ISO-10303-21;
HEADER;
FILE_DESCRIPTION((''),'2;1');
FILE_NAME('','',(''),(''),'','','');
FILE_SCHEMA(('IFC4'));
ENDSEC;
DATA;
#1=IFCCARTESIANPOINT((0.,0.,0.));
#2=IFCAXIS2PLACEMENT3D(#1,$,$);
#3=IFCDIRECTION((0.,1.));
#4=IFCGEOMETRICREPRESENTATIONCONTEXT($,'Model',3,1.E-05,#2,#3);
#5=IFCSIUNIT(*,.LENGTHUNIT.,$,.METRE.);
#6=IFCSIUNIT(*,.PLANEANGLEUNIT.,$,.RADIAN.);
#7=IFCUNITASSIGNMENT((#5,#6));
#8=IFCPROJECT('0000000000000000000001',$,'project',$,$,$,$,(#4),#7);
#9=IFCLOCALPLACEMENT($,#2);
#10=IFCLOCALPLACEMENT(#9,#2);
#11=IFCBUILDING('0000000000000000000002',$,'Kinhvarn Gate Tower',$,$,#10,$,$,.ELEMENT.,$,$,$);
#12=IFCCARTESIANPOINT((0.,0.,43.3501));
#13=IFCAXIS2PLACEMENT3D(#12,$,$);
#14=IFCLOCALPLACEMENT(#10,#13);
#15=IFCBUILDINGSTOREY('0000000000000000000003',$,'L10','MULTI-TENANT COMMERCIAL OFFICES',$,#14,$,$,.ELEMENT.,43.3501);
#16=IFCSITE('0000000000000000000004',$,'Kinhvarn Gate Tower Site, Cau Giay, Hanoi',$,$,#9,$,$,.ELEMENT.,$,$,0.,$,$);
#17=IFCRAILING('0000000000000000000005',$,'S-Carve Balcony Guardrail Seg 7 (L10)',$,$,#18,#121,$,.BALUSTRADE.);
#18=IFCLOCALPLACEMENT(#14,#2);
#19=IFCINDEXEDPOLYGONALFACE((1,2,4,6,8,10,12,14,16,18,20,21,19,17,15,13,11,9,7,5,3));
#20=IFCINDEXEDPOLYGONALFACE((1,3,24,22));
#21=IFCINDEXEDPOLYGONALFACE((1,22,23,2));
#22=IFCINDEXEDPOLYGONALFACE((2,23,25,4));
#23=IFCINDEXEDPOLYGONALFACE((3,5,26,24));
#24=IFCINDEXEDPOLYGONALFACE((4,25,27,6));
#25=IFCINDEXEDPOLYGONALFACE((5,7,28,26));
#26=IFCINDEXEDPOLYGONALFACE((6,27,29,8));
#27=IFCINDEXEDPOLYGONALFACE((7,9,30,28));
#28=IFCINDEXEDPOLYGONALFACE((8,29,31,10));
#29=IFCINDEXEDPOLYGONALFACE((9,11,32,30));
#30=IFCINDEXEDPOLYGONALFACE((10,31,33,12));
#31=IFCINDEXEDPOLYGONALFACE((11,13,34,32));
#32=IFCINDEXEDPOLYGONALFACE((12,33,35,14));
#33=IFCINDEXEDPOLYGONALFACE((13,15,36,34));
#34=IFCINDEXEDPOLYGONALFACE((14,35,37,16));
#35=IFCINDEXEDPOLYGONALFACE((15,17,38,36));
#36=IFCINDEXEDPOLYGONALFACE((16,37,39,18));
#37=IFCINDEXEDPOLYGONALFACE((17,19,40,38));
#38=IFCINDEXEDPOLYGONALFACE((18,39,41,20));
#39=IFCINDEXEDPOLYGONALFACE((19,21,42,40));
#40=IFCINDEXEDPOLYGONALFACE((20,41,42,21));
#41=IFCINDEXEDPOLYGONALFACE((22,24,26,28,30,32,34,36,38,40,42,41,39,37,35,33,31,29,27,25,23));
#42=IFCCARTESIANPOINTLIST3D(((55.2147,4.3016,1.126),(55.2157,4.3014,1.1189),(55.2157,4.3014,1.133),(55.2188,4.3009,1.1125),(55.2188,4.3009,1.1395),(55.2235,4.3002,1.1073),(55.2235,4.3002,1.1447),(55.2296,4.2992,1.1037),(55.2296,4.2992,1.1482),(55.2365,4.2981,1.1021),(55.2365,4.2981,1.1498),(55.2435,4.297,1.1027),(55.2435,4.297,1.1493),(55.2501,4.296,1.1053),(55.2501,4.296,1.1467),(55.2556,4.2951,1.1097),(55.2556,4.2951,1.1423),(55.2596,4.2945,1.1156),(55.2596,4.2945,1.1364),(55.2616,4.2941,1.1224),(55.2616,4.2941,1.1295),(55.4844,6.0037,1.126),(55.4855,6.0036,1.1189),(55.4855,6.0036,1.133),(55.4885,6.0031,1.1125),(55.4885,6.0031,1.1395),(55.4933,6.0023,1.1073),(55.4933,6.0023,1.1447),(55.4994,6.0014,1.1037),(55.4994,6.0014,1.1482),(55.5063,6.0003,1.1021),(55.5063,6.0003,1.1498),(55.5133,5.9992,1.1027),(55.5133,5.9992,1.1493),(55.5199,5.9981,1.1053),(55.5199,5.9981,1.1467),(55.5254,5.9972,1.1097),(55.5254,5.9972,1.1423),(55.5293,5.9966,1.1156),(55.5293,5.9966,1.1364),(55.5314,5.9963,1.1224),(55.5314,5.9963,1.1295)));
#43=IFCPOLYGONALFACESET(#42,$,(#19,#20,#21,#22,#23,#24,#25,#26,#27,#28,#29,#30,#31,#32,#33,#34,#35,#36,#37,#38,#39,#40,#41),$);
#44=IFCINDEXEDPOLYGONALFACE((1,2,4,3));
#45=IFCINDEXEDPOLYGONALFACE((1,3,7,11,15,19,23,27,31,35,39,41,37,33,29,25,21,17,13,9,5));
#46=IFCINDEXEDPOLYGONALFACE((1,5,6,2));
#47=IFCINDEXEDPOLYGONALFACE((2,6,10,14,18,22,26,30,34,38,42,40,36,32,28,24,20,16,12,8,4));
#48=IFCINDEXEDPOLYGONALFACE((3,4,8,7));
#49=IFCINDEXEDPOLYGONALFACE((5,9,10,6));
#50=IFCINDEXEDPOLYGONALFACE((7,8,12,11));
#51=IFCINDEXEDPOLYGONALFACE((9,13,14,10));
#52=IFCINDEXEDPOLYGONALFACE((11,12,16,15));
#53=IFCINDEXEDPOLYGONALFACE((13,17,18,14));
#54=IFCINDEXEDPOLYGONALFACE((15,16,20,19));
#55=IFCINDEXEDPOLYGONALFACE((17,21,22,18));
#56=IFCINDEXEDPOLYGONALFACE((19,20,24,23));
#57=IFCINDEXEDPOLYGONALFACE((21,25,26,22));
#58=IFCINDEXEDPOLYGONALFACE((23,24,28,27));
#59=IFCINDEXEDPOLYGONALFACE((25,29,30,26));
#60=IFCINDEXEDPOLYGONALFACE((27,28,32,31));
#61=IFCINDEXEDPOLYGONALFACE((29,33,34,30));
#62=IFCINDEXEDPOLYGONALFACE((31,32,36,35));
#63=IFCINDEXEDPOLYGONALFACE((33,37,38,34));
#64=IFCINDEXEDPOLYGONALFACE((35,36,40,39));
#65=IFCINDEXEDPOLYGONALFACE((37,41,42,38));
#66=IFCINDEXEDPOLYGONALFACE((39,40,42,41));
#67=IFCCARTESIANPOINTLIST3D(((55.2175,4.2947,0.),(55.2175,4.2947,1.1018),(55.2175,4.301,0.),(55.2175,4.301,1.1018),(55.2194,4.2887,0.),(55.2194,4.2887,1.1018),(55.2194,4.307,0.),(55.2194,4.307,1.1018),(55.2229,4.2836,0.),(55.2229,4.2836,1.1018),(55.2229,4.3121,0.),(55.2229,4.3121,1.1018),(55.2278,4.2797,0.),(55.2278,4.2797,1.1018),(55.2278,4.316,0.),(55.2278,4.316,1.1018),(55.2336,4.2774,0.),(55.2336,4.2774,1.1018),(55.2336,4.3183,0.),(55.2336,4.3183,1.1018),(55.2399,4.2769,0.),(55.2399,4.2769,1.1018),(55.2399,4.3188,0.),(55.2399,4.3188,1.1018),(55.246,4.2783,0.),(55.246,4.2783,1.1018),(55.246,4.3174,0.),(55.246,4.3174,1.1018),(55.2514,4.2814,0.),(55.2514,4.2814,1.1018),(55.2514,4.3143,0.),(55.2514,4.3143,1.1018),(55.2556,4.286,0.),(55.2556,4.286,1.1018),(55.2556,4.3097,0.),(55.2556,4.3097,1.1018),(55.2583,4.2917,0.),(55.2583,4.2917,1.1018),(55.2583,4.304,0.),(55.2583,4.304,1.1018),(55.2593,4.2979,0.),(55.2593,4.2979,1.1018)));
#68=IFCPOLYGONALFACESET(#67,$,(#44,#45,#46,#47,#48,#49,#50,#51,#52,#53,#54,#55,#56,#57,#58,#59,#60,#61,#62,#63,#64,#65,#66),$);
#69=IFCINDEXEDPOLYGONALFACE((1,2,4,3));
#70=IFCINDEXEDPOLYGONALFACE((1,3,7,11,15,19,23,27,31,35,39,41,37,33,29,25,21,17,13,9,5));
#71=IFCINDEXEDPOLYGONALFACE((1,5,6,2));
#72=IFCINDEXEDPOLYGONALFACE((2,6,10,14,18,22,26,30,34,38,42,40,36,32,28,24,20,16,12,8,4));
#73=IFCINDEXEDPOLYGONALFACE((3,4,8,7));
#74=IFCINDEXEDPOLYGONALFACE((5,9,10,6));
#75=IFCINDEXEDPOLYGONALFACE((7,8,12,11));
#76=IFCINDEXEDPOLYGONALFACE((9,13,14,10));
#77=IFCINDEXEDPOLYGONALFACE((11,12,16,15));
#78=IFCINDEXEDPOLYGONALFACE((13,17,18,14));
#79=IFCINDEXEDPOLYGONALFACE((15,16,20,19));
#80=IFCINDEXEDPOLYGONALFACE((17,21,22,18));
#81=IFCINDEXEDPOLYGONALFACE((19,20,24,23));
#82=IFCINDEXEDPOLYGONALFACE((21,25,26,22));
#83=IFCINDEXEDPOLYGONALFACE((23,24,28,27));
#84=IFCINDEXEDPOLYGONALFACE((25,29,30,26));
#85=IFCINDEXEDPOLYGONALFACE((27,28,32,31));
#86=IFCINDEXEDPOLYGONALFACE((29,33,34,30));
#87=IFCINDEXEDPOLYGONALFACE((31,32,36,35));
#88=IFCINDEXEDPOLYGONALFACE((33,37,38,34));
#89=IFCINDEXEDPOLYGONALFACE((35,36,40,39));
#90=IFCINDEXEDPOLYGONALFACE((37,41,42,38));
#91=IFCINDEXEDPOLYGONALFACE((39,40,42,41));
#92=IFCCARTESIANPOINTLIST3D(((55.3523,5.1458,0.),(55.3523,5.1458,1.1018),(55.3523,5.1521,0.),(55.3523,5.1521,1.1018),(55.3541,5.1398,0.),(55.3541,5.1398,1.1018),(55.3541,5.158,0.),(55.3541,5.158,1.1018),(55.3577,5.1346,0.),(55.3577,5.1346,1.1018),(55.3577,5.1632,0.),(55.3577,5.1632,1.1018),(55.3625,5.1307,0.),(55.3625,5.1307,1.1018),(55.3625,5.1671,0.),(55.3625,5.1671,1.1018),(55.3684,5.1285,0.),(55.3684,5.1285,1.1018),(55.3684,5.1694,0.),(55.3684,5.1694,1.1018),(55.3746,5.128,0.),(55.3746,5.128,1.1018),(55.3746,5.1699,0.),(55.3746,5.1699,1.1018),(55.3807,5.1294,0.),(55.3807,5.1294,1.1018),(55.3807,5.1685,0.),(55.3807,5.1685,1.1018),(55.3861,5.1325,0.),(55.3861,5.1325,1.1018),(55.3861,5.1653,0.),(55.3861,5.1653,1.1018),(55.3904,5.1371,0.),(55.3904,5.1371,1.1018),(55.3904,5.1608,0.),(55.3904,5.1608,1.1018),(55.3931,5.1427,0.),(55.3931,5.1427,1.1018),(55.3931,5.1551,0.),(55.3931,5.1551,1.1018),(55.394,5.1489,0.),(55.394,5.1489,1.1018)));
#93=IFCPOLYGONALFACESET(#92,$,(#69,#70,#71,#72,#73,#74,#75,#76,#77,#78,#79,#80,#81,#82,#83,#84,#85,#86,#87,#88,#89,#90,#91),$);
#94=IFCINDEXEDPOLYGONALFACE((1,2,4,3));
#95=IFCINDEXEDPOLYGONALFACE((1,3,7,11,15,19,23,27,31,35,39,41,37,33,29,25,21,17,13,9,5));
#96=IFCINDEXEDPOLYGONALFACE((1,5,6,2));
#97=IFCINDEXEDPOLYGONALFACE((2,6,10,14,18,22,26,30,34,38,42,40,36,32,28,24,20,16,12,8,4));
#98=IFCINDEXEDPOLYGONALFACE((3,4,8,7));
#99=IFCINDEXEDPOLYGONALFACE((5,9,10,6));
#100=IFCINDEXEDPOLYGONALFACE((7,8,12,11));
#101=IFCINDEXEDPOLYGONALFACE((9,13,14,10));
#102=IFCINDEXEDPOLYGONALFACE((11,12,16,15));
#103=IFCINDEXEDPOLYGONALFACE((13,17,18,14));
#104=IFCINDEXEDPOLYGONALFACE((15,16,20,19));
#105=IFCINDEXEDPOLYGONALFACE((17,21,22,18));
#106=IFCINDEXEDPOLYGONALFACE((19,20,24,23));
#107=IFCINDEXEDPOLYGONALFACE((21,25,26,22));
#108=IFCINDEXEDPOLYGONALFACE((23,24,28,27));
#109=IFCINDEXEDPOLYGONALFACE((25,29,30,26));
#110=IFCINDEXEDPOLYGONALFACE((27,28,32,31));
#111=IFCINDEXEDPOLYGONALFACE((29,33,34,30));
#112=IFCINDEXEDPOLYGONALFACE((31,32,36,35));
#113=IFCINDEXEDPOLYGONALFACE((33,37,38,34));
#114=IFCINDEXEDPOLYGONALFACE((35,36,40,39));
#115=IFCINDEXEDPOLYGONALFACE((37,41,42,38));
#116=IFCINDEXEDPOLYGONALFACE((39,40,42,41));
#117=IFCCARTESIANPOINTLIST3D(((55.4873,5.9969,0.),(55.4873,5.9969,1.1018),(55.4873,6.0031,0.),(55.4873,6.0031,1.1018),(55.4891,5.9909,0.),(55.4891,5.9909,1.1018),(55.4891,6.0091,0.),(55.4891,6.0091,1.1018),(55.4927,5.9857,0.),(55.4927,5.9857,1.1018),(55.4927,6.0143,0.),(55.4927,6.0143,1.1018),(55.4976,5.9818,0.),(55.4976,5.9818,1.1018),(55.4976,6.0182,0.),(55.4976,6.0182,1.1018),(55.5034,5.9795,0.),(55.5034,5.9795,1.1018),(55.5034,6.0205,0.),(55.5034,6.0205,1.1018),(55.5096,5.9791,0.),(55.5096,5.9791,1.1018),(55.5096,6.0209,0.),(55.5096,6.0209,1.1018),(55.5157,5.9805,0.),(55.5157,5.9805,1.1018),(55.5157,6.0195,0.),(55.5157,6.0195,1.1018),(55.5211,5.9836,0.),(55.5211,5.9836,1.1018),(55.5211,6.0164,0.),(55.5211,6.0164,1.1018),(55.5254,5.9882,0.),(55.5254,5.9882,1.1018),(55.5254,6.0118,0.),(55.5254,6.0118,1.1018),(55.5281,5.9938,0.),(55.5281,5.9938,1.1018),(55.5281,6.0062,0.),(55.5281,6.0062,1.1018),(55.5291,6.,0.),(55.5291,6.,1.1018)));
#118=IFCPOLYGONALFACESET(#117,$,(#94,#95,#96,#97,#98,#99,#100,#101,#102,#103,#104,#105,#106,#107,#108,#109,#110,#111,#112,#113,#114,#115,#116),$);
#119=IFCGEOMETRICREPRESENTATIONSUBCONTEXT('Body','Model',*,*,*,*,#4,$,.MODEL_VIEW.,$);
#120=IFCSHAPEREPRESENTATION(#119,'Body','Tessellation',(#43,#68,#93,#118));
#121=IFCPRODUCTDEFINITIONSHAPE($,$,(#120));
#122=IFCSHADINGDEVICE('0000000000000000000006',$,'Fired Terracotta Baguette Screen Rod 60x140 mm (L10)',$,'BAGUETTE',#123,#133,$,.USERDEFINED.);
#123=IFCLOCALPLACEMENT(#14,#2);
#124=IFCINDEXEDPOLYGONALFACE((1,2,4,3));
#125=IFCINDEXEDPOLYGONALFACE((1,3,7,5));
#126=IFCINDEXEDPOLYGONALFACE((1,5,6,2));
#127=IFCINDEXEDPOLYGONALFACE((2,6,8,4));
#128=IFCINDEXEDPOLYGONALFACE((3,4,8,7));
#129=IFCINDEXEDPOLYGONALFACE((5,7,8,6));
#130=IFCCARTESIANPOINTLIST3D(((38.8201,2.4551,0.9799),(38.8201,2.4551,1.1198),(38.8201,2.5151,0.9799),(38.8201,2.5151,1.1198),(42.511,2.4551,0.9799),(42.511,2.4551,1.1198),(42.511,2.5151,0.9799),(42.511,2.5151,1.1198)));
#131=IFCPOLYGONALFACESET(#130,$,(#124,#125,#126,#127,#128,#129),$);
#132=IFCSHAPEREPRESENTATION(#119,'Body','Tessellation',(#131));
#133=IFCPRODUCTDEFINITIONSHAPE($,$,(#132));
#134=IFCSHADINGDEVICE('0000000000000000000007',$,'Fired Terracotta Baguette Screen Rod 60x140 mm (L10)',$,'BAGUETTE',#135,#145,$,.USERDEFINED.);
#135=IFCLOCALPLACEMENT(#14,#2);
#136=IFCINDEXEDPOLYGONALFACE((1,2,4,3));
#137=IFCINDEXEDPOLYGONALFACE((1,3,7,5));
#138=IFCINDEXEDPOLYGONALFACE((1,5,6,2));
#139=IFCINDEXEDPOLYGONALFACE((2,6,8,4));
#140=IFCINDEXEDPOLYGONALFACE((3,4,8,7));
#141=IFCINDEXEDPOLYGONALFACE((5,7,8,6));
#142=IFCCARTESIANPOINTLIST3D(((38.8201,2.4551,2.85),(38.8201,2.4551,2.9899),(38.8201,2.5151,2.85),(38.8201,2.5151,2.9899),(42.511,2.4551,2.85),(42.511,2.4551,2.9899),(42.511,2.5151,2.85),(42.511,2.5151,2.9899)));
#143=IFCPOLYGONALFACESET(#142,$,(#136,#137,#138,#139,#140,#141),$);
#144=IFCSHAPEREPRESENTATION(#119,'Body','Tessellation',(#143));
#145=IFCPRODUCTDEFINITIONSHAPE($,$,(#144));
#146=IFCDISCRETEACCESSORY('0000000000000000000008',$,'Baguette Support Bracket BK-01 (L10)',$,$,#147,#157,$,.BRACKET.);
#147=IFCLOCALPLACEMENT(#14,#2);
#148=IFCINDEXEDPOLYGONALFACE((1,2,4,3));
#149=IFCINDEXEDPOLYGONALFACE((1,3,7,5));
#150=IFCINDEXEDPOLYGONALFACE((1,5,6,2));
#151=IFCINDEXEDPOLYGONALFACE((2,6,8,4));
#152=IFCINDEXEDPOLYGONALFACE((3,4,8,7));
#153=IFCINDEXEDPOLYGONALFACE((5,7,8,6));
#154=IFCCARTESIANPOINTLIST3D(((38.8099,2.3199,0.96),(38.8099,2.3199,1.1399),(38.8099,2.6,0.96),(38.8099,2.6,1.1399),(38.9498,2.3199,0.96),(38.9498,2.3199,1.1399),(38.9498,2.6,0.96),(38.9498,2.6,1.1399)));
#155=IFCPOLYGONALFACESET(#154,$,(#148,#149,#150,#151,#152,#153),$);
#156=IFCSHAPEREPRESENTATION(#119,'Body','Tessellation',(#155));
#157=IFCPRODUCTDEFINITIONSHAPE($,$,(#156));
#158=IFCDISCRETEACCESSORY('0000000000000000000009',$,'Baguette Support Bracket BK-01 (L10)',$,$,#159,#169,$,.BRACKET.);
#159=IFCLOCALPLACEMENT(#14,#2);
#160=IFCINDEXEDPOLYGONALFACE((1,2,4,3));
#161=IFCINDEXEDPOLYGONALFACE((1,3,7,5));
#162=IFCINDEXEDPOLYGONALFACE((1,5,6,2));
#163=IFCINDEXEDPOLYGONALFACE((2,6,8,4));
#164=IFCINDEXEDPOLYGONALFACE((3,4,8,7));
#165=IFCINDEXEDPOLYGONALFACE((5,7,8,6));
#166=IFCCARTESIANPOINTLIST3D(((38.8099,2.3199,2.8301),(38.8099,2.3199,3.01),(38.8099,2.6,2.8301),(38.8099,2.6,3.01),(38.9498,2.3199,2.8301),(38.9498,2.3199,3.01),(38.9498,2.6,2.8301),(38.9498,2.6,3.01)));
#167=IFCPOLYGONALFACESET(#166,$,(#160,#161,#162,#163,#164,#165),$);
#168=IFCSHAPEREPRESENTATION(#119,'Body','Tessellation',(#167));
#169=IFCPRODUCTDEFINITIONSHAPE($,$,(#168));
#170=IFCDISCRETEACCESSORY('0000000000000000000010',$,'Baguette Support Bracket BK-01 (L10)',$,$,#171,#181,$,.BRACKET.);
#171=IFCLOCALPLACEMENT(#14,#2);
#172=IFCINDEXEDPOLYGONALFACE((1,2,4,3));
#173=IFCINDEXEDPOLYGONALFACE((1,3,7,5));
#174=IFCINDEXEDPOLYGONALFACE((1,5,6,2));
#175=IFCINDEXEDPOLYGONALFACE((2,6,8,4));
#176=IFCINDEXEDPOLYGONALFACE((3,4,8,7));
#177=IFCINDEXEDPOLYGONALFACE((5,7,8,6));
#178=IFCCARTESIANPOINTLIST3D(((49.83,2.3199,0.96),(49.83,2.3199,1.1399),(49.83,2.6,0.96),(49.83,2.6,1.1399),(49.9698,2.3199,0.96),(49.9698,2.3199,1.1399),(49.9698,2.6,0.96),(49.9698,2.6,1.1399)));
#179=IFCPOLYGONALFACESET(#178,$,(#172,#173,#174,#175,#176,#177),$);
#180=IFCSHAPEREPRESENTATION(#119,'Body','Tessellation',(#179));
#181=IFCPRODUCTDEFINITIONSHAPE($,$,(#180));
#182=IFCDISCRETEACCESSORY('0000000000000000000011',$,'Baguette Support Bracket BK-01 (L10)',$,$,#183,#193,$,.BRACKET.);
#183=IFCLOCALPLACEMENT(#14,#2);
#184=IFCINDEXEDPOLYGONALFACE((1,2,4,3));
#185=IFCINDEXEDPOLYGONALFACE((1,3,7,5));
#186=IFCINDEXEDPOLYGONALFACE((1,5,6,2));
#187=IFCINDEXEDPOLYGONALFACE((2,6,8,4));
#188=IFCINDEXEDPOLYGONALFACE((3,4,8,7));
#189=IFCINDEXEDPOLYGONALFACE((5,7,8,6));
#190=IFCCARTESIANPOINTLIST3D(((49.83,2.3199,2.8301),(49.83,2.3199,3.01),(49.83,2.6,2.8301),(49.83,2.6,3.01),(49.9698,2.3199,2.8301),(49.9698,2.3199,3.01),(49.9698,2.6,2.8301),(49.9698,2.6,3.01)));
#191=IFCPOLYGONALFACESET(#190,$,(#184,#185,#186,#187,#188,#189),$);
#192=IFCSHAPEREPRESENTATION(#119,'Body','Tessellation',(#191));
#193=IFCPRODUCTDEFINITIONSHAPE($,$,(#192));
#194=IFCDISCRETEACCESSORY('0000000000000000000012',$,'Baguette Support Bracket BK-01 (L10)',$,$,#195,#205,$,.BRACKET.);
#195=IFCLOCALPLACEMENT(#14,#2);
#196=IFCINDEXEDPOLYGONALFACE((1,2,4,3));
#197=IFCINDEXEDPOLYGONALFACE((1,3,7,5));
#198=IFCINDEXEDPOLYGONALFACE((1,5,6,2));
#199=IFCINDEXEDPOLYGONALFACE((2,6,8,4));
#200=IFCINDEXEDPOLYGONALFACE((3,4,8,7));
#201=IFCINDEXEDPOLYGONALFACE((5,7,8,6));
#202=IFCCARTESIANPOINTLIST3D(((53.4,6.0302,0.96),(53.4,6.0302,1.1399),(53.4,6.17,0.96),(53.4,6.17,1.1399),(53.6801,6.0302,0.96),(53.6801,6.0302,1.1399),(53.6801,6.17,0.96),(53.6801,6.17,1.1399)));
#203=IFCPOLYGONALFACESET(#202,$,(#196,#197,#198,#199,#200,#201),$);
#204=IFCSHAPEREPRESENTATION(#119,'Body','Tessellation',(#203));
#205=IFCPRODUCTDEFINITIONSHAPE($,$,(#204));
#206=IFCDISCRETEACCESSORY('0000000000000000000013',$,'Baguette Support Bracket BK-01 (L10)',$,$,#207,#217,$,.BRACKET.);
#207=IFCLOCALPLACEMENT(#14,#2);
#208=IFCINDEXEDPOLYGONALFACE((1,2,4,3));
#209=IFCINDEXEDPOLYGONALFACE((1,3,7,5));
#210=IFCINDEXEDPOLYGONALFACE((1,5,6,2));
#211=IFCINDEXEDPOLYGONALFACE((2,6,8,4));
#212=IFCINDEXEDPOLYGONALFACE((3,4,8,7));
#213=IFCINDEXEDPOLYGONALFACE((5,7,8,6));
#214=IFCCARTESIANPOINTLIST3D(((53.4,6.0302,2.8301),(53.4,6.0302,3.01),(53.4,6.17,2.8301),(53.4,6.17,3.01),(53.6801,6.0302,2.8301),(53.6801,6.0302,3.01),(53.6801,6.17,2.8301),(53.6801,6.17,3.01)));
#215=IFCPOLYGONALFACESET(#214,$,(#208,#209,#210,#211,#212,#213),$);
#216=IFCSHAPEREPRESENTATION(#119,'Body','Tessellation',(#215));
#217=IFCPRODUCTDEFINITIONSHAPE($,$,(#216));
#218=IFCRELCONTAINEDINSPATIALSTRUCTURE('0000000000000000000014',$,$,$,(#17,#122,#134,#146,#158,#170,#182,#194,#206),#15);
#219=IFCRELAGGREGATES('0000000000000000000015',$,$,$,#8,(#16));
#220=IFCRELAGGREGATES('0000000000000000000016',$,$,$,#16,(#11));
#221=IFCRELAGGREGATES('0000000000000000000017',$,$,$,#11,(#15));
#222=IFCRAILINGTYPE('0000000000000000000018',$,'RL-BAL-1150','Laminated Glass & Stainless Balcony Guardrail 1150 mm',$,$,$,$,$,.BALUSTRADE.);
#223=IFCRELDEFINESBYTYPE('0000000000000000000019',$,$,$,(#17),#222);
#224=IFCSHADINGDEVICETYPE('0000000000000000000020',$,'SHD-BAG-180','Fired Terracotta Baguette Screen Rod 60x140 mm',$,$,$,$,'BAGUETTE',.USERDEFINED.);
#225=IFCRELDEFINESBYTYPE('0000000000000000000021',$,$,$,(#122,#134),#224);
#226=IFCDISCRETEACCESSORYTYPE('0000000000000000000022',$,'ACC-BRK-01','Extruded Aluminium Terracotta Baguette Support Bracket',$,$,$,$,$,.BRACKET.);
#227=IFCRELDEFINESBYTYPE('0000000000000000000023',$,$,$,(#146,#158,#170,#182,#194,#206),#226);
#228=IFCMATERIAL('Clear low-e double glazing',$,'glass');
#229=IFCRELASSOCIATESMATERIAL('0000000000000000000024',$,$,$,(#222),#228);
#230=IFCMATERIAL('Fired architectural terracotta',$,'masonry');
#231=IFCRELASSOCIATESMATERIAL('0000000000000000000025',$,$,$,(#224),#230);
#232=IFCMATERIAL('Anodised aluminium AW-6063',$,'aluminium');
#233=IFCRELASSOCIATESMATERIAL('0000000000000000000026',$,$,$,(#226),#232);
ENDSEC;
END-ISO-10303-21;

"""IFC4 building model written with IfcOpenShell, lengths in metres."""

from ifc_helpers import new_model, si_unit, direction, frame, origin, origin_2d, place, context, subcontext, project, spatial, rectangle, circle, extrude, material, material_profile, profile_set, type_object, element, save


model = new_model("IFC4")

# Units and contexts
model_context = context("Model", 3, precision=1e-05, world=origin(), true_north=direction((0.0, 1.0)))
body_context = subcontext(model_context, "Body", "Model", "MODEL_VIEW")
ifc_project = project(units=[si_unit("LENGTHUNIT", "METRE"), si_unit("PLANEANGLEUNIT", "RADIAN")], contexts=[model_context])

# Site, building, storey
site_placement = place(None, origin())
site = spatial("IfcSite", under=ifc_project, at=site_placement, Name="Kinhvarn Gate Tower Site, Cau Giay, Hanoi", CompositionType="ELEMENT", RefElevation=0.0)
building_placement = place(site_placement, origin())
building = spatial("IfcBuilding", under=site, at=building_placement, Name="Kinhvarn Gate Tower", CompositionType="ELEMENT")
storey_placement = place(building_placement, frame((0.0, 0.0, 43.3501)))
storey = spatial("IfcBuildingStorey", under=building, at=storey_placement, Name="L10", Description="MULTI-TENANT COMMERCIAL OFFICES", CompositionType="ELEMENT", Elevation=43.3501)

# Shared definitions
ifc_material_1 = material(Name="Anodised aluminium AW-6063", Category="aluminium")

# Shared definitions
ifc_material_2 = material(Name="Clear low-e double glazing", Category="glass")

# Shared definitions
ifc_material_3 = material(Name="Fired architectural terracotta", Category="masonry")

# Railing
railing_type = type_object("IfcRailingType", Name="RL-BAL-1150", Description="Laminated Glass & Stainless Balcony Guardrail 1150 mm", PredefinedType="BALUSTRADE", material=ifc_material_2)
railing_1_placement = place(storey_placement, frame((55.2383, 4.2979, 0.0)))
element("IfcRailing", 1, at=railing_1_placement, inside=storey, type_object=railing_type, Name="S-Carve Balcony Guardrail Seg 7 (L10)", PredefinedType="BALUSTRADE", context=body_context, shape_type="SweptSolid", body=[
    extrude(circle(Radius=0.0239, at=origin_2d()), frame((0.0, 0.0, 1.126), z_axis=(0.156537, 0.987672, 0.0), x_axis=(-0.987672, 0.156537, 0.0)), (0.0, 0.0, 1.0), 1.7234),
    extrude(circle(Radius=0.021, at=origin_2d()), origin(), (0.0, 0.0, 1.0), 1.1018),
    extrude(circle(Radius=0.021, at=origin_2d()), frame((0.1348, 0.8511, 0.0)), (0.0, 0.0, 1.0), 1.1018),
    extrude(circle(Radius=0.021, at=origin_2d()), frame((0.2698, 1.7021, 0.0)), (0.0, 0.0, 1.0), 1.1018),
])

# Shading devices
ifc_material_profile_1 = material_profile(ifc_material_3, rectangle(XDim=0.0601, YDim=0.1399, at=origin_2d()), Name="TC 60x140")
ifc_profile_set_1 = profile_set([ifc_material_profile_1], Name="Fired architectural terracotta")
shading_device_type = type_object("IfcShadingDeviceType", Name="SHD-BAG-180", Description="Fired Terracotta Baguette Screen Rod 60x140 mm", ElementType="BAGUETTE", PredefinedType="USERDEFINED", material=ifc_profile_set_1)
for number, where, z_axis, x_axis, name in (
    (2, (38.8201, 2.4851, 1.0498), (1.0, 0.0, 0.0), (0.0, 1.0, 0.0), "Fired Terracotta Baguette Screen Rod 60x140 mm (L10)"),
    (3, (38.8201, 2.4851, 2.9199), (1.0, 0.0, 0.0), (0.0, 1.0, 0.0), "Fired Terracotta Baguette Screen Rod 60x140 mm (L10)"),
):
    element("IfcShadingDevice", number, at=place(storey_placement, frame(where, z_axis=z_axis, x_axis=x_axis)), inside=storey, type_object=shading_device_type, Name=name, ObjectType="BAGUETTE", PredefinedType="USERDEFINED", context=body_context, shape_type="SweptSolid", body=[
        extrude(rectangle(XDim=0.0601, YDim=0.1399, at=origin_2d()), origin(), (0.0, 0.0, 1.0), 3.6909),
    ])

# Discrete accessories
discrete_accessory_type = type_object("IfcDiscreteAccessoryType", Name="ACC-BRK-01", Description="Extruded Aluminium Terracotta Baguette Support Bracket", PredefinedType="BRACKET", material=ifc_material_1)
for number, where, z_axis, x_axis, name in (
    (4, (38.8799, 2.46, 0.96), (0.0, 0.0, 1.0), (1.0, 0.0, 0.0), "Baguette Support Bracket BK-01 (L10)"),
    (5, (38.8799, 2.46, 2.8301), (0.0, 0.0, 1.0), (1.0, 0.0, 0.0), "Baguette Support Bracket BK-01 (L10)"),
    (6, (49.8999, 2.46, 0.96), (0.0, 0.0, 1.0), (1.0, 0.0, 0.0), "Baguette Support Bracket BK-01 (L10)"),
    (7, (49.8999, 2.46, 2.8301), (0.0, 0.0, 1.0), (1.0, 0.0, 0.0), "Baguette Support Bracket BK-01 (L10)"),
    (8, (53.54, 6.1001, 0.96), (0.0, 0.0, 1.0), (0.0, 1.0, 0.0), "Baguette Support Bracket BK-01 (L10)"),
    (9, (53.54, 6.1001, 2.8301), (0.0, 0.0, 1.0), (0.0, 1.0, 0.0), "Baguette Support Bracket BK-01 (L10)"),
):
    element("IfcDiscreteAccessory", number, at=place(storey_placement, frame(where, z_axis=z_axis, x_axis=x_axis)), inside=storey, type_object=discrete_accessory_type, Name=name, PredefinedType="BRACKET", context=body_context, shape_type="SweptSolid", body=[
        extrude(rectangle(XDim=0.1399, YDim=0.28, at=origin_2d()), origin(), (0.0, 0.0, 1.0), 0.1799),
    ])

save(model, "model.ifc")
